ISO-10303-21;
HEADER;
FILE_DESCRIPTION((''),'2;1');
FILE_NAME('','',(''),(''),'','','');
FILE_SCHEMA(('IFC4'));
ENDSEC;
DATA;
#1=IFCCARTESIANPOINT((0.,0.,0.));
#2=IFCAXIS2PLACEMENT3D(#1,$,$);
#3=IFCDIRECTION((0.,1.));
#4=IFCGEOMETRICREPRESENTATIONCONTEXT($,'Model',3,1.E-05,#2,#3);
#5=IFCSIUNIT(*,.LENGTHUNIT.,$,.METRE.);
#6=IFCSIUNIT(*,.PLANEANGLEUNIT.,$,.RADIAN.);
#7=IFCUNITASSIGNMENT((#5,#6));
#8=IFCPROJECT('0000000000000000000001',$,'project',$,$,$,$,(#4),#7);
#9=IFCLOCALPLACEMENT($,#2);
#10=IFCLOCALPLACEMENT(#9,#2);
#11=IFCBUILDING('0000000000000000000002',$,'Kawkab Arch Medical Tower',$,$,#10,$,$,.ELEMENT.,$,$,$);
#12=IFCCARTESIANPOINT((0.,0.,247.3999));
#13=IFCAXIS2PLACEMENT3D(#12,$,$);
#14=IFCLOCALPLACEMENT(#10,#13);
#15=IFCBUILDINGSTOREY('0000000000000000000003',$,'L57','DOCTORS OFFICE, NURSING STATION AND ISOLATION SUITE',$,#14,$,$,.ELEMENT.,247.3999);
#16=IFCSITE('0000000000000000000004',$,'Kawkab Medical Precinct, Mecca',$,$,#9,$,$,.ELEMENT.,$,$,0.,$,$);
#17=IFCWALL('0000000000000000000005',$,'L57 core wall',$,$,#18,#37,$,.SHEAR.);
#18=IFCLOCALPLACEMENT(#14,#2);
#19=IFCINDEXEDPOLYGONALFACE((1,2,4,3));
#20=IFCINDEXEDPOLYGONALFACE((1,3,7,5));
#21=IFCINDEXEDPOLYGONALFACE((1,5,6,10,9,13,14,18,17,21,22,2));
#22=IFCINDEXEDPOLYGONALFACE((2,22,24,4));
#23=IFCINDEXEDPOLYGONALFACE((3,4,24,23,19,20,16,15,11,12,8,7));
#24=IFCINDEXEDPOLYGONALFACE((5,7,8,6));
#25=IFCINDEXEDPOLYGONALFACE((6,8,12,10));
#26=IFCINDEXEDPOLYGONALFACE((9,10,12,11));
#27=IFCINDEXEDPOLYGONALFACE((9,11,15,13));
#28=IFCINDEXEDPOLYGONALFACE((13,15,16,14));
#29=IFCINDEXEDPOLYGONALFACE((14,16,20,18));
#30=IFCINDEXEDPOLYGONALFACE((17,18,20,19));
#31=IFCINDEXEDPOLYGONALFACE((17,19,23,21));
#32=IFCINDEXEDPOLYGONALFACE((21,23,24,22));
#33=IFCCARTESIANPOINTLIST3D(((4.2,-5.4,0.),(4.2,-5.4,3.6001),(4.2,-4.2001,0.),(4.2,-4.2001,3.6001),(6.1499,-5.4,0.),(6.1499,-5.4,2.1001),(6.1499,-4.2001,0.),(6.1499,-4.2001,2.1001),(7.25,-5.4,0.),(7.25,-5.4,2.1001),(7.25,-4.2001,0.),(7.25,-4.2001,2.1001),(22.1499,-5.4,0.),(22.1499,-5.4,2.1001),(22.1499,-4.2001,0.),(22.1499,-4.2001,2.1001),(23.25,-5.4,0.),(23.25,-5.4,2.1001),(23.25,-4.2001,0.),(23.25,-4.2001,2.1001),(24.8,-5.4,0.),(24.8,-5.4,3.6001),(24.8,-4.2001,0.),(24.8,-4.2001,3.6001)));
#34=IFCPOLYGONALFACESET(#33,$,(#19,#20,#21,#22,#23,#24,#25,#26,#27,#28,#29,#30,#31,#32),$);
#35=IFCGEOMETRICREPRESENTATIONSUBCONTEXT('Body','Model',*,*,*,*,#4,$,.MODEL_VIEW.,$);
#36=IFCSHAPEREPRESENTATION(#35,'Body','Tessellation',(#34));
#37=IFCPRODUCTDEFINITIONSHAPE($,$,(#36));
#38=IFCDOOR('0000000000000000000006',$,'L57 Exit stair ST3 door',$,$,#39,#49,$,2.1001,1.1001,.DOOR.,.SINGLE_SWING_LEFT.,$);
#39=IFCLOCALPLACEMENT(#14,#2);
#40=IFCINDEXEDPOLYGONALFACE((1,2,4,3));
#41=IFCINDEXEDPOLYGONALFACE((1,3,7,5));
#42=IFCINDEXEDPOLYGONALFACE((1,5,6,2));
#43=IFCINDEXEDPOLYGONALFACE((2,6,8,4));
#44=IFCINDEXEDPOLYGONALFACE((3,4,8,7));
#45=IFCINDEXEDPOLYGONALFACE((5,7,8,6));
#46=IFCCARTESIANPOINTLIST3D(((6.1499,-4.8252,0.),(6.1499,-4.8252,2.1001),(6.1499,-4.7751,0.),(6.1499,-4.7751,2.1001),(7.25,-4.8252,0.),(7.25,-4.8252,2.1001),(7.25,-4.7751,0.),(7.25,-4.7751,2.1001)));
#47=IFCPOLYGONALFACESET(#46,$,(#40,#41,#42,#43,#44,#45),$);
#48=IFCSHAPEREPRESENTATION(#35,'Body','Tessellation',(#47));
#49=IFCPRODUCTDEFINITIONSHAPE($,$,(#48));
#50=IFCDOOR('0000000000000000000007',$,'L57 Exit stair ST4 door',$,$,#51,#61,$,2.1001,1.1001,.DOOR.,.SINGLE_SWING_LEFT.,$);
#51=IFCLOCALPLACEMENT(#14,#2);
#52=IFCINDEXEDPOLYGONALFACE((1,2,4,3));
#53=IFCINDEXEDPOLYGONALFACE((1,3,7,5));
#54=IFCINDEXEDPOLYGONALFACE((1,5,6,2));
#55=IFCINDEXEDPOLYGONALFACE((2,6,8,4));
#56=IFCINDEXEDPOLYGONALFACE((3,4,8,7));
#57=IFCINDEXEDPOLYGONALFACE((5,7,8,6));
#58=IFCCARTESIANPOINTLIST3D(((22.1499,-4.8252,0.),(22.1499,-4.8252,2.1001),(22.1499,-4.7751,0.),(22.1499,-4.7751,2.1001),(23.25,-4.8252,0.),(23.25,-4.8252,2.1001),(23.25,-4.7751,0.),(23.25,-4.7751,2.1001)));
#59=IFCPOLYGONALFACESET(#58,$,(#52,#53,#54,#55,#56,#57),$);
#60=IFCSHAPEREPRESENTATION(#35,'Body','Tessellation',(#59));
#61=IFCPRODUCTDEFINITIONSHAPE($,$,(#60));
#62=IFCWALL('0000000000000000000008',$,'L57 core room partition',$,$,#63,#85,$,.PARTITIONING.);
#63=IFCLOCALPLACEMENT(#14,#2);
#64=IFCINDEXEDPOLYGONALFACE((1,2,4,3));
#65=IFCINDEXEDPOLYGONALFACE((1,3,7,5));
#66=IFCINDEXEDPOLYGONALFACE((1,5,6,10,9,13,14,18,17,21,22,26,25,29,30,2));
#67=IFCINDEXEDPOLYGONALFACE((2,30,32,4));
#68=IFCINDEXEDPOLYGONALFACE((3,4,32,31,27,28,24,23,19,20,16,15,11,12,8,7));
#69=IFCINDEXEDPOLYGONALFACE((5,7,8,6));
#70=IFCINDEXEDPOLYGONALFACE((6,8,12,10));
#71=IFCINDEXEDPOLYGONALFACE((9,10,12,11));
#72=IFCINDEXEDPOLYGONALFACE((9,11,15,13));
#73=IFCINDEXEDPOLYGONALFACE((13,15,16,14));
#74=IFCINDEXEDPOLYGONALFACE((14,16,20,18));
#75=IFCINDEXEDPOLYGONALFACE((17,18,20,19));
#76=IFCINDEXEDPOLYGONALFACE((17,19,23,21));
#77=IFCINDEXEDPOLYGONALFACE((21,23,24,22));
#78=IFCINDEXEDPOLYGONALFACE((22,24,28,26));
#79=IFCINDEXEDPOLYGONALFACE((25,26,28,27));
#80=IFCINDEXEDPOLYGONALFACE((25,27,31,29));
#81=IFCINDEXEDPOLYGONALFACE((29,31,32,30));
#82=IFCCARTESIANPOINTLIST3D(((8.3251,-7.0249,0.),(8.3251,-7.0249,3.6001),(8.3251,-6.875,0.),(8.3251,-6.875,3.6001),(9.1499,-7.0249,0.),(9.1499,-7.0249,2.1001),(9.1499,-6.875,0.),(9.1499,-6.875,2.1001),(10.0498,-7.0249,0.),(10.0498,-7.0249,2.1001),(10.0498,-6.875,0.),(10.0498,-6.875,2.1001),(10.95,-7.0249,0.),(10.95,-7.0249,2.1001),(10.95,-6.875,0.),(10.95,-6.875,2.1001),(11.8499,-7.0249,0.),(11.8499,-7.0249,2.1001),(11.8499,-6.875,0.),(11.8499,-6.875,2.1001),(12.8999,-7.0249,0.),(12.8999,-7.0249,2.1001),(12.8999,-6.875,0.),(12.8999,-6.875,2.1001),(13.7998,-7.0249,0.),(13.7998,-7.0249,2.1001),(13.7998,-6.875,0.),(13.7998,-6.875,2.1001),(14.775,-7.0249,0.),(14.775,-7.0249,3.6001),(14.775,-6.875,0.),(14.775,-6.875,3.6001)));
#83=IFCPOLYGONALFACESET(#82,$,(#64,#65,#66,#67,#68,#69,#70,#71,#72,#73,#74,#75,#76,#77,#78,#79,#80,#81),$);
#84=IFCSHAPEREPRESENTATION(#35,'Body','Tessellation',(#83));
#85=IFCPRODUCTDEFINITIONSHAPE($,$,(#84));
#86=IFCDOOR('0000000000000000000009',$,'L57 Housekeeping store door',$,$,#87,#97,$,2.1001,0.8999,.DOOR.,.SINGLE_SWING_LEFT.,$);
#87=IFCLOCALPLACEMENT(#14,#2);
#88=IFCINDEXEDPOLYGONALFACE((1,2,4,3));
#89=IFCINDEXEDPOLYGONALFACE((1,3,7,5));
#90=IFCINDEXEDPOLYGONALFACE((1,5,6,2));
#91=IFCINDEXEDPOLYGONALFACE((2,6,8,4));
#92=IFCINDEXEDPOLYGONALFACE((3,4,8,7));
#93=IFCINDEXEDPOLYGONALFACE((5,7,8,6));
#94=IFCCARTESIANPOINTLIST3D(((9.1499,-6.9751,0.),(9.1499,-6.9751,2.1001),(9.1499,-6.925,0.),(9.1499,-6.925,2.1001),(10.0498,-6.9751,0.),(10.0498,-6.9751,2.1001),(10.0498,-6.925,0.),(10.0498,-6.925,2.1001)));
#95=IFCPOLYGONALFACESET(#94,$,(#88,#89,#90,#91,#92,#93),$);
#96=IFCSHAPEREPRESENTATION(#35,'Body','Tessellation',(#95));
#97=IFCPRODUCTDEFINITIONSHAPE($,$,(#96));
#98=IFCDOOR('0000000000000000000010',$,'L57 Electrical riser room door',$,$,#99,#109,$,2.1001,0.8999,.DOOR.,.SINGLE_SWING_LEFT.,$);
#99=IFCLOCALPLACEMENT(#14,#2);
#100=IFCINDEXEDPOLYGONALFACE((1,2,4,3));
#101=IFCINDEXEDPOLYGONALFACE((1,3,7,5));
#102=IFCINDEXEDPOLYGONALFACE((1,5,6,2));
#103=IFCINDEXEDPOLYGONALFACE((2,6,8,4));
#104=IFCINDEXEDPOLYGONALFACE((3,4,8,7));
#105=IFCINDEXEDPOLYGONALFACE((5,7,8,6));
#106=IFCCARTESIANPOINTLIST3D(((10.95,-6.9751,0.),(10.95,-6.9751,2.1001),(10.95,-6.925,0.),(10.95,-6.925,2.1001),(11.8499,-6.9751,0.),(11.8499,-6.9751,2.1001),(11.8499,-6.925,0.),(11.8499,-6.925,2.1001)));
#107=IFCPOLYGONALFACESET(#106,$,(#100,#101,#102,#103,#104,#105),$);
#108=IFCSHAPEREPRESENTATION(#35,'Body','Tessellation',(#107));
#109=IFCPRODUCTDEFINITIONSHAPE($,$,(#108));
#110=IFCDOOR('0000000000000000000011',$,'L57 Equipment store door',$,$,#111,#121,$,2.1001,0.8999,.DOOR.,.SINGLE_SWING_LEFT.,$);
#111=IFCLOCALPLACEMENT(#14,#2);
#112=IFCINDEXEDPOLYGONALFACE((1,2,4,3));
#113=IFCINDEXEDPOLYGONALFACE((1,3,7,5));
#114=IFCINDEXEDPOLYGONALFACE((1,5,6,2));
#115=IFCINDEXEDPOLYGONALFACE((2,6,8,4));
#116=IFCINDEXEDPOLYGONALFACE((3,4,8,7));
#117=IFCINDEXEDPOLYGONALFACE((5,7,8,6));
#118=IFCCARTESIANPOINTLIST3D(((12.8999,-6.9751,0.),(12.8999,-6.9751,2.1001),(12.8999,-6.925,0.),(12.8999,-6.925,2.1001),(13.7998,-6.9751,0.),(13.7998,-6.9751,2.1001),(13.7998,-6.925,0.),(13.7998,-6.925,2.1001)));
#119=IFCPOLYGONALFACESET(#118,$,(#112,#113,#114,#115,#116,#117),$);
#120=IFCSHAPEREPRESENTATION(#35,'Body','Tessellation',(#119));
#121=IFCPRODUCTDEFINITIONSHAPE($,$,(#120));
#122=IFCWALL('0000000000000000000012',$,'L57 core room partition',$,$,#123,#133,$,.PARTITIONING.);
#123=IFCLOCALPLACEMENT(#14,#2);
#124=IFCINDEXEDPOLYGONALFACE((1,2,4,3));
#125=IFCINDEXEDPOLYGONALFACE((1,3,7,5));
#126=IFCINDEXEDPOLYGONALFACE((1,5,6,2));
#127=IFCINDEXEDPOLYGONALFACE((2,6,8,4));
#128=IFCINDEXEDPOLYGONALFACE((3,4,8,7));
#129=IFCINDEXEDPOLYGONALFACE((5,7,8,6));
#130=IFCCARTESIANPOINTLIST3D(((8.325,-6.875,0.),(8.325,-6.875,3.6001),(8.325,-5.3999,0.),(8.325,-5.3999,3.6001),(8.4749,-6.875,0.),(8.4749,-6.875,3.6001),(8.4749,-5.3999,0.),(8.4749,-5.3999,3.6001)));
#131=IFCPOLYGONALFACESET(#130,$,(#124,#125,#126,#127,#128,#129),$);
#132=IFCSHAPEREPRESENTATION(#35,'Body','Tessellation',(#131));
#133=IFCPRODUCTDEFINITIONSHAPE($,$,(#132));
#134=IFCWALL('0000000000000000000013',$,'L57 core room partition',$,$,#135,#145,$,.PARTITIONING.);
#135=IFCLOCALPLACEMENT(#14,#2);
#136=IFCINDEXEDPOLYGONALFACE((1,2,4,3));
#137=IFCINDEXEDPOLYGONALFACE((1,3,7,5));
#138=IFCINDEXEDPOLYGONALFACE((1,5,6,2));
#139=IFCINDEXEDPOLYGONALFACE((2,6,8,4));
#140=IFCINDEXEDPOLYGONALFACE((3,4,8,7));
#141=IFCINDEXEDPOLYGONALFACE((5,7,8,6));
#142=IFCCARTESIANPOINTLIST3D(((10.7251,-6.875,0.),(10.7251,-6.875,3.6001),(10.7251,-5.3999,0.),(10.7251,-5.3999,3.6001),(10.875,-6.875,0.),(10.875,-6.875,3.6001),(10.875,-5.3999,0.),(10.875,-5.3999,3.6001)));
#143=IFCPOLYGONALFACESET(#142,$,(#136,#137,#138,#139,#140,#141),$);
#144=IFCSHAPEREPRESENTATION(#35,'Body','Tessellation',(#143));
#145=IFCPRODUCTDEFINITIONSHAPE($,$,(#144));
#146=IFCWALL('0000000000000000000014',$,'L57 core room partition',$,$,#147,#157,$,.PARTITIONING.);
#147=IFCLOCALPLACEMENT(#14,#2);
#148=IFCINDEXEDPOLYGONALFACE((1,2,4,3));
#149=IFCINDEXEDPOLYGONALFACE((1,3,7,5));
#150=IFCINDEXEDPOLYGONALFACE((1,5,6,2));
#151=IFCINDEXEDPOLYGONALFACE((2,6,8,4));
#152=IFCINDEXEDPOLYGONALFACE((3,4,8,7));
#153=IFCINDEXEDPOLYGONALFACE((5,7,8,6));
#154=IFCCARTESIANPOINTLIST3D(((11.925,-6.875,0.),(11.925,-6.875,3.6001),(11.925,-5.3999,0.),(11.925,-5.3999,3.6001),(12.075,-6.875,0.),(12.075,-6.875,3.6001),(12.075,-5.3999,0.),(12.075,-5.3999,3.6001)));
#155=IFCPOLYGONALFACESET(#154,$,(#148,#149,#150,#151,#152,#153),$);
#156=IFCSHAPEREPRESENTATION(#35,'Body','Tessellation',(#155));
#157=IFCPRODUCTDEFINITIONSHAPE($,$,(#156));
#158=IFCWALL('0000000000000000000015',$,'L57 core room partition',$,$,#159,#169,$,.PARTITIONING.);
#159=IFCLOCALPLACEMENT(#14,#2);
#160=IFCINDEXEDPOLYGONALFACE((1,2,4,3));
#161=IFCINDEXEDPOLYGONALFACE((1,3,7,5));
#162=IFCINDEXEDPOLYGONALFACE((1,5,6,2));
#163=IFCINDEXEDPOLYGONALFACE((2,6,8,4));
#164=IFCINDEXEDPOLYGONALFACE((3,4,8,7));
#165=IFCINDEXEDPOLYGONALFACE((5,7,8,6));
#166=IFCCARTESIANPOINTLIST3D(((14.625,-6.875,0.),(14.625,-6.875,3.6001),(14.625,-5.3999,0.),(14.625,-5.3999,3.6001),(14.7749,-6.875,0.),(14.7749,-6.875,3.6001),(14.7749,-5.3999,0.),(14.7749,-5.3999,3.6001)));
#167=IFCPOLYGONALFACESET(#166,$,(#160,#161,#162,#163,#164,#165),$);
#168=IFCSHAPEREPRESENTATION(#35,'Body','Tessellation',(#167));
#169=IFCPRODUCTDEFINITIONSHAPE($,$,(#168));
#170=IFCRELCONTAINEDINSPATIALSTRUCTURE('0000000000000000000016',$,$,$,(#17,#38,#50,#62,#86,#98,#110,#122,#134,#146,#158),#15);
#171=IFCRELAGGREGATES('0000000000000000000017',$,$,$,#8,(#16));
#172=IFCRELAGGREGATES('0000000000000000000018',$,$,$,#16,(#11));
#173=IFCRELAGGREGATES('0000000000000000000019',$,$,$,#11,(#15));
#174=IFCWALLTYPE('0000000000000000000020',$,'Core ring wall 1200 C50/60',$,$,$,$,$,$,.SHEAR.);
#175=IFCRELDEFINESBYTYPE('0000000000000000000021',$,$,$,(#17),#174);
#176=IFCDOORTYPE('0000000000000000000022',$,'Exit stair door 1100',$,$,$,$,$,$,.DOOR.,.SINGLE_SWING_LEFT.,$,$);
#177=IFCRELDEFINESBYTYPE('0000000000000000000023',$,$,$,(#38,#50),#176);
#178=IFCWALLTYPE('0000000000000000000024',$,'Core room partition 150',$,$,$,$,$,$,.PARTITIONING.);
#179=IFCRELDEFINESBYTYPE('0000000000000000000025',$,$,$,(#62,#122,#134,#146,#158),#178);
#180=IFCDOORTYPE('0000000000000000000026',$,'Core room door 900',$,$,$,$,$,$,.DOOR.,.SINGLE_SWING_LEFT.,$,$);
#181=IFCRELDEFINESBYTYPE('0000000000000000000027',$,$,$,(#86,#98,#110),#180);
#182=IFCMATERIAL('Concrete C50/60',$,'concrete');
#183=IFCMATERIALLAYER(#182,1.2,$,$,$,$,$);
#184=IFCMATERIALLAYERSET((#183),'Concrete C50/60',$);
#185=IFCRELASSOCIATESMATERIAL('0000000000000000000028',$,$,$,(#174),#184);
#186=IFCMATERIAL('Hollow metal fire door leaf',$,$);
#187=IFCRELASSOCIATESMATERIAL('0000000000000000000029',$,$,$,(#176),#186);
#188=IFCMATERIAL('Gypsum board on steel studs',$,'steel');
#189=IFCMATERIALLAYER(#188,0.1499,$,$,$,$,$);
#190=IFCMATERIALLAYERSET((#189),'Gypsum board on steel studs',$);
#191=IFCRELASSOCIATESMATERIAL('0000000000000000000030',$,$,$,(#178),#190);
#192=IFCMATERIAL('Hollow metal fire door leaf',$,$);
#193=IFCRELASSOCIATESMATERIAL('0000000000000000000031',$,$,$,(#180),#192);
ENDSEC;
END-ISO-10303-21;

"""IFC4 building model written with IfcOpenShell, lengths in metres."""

from ifc_helpers import new_model, si_unit, direction, frame, frame_2d, origin, place, context, subcontext, project, spatial, rectangle, extrude, material, layer, layer_set, type_object, element, fill, save


model = new_model("IFC4")

# Units and contexts
model_context = context("Model", 3, precision=1e-05, world=origin(), true_north=direction((0.0, 1.0)))
body_context = subcontext(model_context, "Body", "Model", "MODEL_VIEW")
ifc_project = project(units=[si_unit("LENGTHUNIT", "METRE"), si_unit("PLANEANGLEUNIT", "RADIAN")], contexts=[model_context])

# Site, building, storey
site_placement = place(None, origin())
site = spatial("IfcSite", under=ifc_project, at=site_placement, Name="Kawkab Medical Precinct, Mecca", CompositionType="ELEMENT", RefElevation=0.0)
building_placement = place(site_placement, origin())
building = spatial("IfcBuilding", under=site, at=building_placement, Name="Kawkab Arch Medical Tower", CompositionType="ELEMENT")
storey_placement = place(building_placement, frame((0.0, 0.0, 247.3999)))
storey = spatial("IfcBuildingStorey", under=building, at=storey_placement, Name="L57", Description="DOCTORS OFFICE, NURSING STATION AND ISOLATION SUITE", CompositionType="ELEMENT", Elevation=247.3999)

# Walls, openings, doors
ifc_material_1 = material(Name="Concrete C50/60", Category="concrete")
ifc_layer_1 = layer(ifc_material_1, 1.2)
ifc_layer_set_1 = layer_set([ifc_layer_1], Name="Concrete C50/60")
wall_type_1 = type_object("IfcWallType", Name="Core ring wall 1200 C50/60", PredefinedType="SHEAR", material=ifc_layer_set_1)
wall_1_placement = place(storey_placement, frame((4.2, -4.8, 0.0), z_axis=(0.0, 0.0, 1.0), x_axis=(1.0, 0.0, 0.0)))
wall_1 = element("IfcWall", 1, at=wall_1_placement, inside=storey, type_object=wall_type_1, Name="L57 core wall", PredefinedType="SHEAR", context=body_context, shape_type="SweptSolid", body=[
    extrude(rectangle(XDim=20.6001, YDim=1.2, at=frame_2d((10.3, 0.0))), origin(), (0.0, 0.0, 1.0), 3.6001),
])
opening_1_placement = place(wall_1_placement, frame((1.95, 0.0, 0.0)))
opening_1 = element("IfcOpeningElement", 2, at=opening_1_placement, cuts=wall_1, PredefinedType="OPENING", context=body_context, shape_type="SweptSolid", body=[
    extrude(rectangle(XDim=1.1001, YDim=2.1001, at=frame_2d((0.55, 1.05))), frame((0.0, 0.6099, 0.0), z_axis=(0.0, -1.0, 0.0), x_axis=(1.0, 0.0, 0.0)), (0.0, 0.0, 1.0), 1.22),
])
opening_2_placement = place(wall_1_placement, frame((17.95, 0.0, 0.0)))
opening_2 = element("IfcOpeningElement", 3, at=opening_2_placement, cuts=wall_1, PredefinedType="OPENING", context=body_context, shape_type="SweptSolid", body=[
    extrude(rectangle(XDim=1.1001, YDim=2.1001, at=frame_2d((0.55, 1.05))), frame((0.0, 0.6099, 0.0), z_axis=(0.0, -1.0, 0.0), x_axis=(1.0, 0.0, 0.0)), (0.0, 0.0, 1.0), 1.22),
])
ifc_material_2 = material(Name="Hollow metal fire door leaf")
door_type_1 = type_object("IfcDoorType", Name="Exit stair door 1100", OperationType="SINGLE_SWING_LEFT", PredefinedType="DOOR", material=ifc_material_2)
door_1_placement = place(opening_1_placement, origin())
door_1 = element("IfcDoor", 4, at=door_1_placement, inside=storey, type_object=door_type_1, Name="L57 Exit stair ST3 door", OperationType="SINGLE_SWING_LEFT", OverallHeight=2.1001, OverallWidth=1.1001, PredefinedType="DOOR", context=body_context, shape_type="SweptSolid", body=[
    extrude(rectangle(XDim=1.1001, YDim=2.1001, at=frame_2d((0.55, 1.05))), frame((0.0, 0.0249, 0.0), z_axis=(0.0, -1.0, 0.0), x_axis=(1.0, 0.0, 0.0)), (0.0, 0.0, 1.0), 0.05),
])
fill(opening_1, door_1)
door_2_placement = place(opening_2_placement, origin())
door_2 = element("IfcDoor", 5, at=door_2_placement, inside=storey, type_object=door_type_1, Name="L57 Exit stair ST4 door", OperationType="SINGLE_SWING_LEFT", OverallHeight=2.1001, OverallWidth=1.1001, PredefinedType="DOOR", context=body_context, shape_type="SweptSolid", body=[
    extrude(rectangle(XDim=1.1001, YDim=2.1001, at=frame_2d((0.55, 1.05))), frame((0.0, 0.0249, 0.0), z_axis=(0.0, -1.0, 0.0), x_axis=(1.0, 0.0, 0.0)), (0.0, 0.0, 1.0), 0.05),
])
fill(opening_2, door_2)
ifc_material_3 = material(Name="Gypsum board on steel studs", Category="steel")
ifc_layer_2 = layer(ifc_material_3, 0.1499)
ifc_layer_set_2 = layer_set([ifc_layer_2], Name="Gypsum board on steel studs")
wall_type_2 = type_object("IfcWallType", Name="Core room partition 150", PredefinedType="PARTITIONING", material=ifc_layer_set_2)
wall_2_placement = place(storey_placement, frame((8.325, -6.95, 0.0), z_axis=(0.0, 0.0, 1.0), x_axis=(1.0, 0.0, 0.0)))
wall_2 = element("IfcWall", 6, at=wall_2_placement, inside=storey, type_object=wall_type_2, Name="L57 core room partition", PredefinedType="PARTITIONING", context=body_context, shape_type="SweptSolid", body=[
    extrude(rectangle(XDim=6.45, YDim=0.1499, at=frame_2d((3.2251, 0.0))), origin(), (0.0, 0.0, 1.0), 3.6001),
])
opening_3_placement = place(wall_2_placement, frame((0.825, 0.0, 0.0)))
opening_3 = element("IfcOpeningElement", 7, at=opening_3_placement, cuts=wall_2, PredefinedType="OPENING", context=body_context, shape_type="SweptSolid", body=[
    extrude(rectangle(XDim=0.8999, YDim=2.1001, at=frame_2d((0.45, 1.05))), frame((0.0, 0.085, 0.0), z_axis=(0.0, -1.0, 0.0), x_axis=(1.0, 0.0, 0.0)), (0.0, 0.0, 1.0), 0.1699),
])
opening_4_placement = place(wall_2_placement, frame((2.625, 0.0, 0.0)))
opening_4 = element("IfcOpeningElement", 8, at=opening_4_placement, cuts=wall_2, PredefinedType="OPENING", context=body_context, shape_type="SweptSolid", body=[
    extrude(rectangle(XDim=0.8999, YDim=2.1001, at=frame_2d((0.45, 1.05))), frame((0.0, 0.085, 0.0), z_axis=(0.0, -1.0, 0.0), x_axis=(1.0, 0.0, 0.0)), (0.0, 0.0, 1.0), 0.1699),
])
opening_5_placement = place(wall_2_placement, frame((4.575, 0.0, 0.0)))
opening_5 = element("IfcOpeningElement", 9, at=opening_5_placement, cuts=wall_2, PredefinedType="OPENING", context=body_context, shape_type="SweptSolid", body=[
    extrude(rectangle(XDim=0.8999, YDim=2.1001, at=frame_2d((0.45, 1.05))), frame((0.0, 0.085, 0.0), z_axis=(0.0, -1.0, 0.0), x_axis=(1.0, 0.0, 0.0)), (0.0, 0.0, 1.0), 0.1699),
])
ifc_material_4 = material(Name="Hollow metal fire door leaf")
door_type_2 = type_object("IfcDoorType", Name="Core room door 900", OperationType="SINGLE_SWING_LEFT", PredefinedType="DOOR", material=ifc_material_4)
door_3_placement = place(opening_3_placement, origin())
door_3 = element("IfcDoor", 10, at=door_3_placement, inside=storey, type_object=door_type_2, Name="L57 Housekeeping store door", OperationType="SINGLE_SWING_LEFT", OverallHeight=2.1001, OverallWidth=0.8999, PredefinedType="DOOR", context=body_context, shape_type="SweptSolid", body=[
    extrude(rectangle(XDim=0.8999, YDim=2.1001, at=frame_2d((0.45, 1.05))), frame((0.0, 0.0249, 0.0), z_axis=(0.0, -1.0, 0.0), x_axis=(1.0, 0.0, 0.0)), (0.0, 0.0, 1.0), 0.05),
])
fill(opening_3, door_3)
door_4_placement = place(opening_4_placement, origin())
door_4 = element("IfcDoor", 11, at=door_4_placement, inside=storey, type_object=door_type_2, Name="L57 Electrical riser room door", OperationType="SINGLE_SWING_LEFT", OverallHeight=2.1001, OverallWidth=0.8999, PredefinedType="DOOR", context=body_context, shape_type="SweptSolid", body=[
    extrude(rectangle(XDim=0.8999, YDim=2.1001, at=frame_2d((0.45, 1.05))), frame((0.0, 0.0249, 0.0), z_axis=(0.0, -1.0, 0.0), x_axis=(1.0, 0.0, 0.0)), (0.0, 0.0, 1.0), 0.05),
])
fill(opening_4, door_4)
door_5_placement = place(opening_5_placement, origin())
door_5 = element("IfcDoor", 12, at=door_5_placement, inside=storey, type_object=door_type_2, Name="L57 Equipment store door", OperationType="SINGLE_SWING_LEFT", OverallHeight=2.1001, OverallWidth=0.8999, PredefinedType="DOOR", context=body_context, shape_type="SweptSolid", body=[
    extrude(rectangle(XDim=0.8999, YDim=2.1001, at=frame_2d((0.45, 1.05))), frame((0.0, 0.0249, 0.0), z_axis=(0.0, -1.0, 0.0), x_axis=(1.0, 0.0, 0.0)), (0.0, 0.0, 1.0), 0.05),
])
fill(opening_5, door_5)

# Walls
for number, where, z_axis, x_axis, name in (
    (13, (8.3999, -6.875, 0.0), (0.0, 0.0, 1.0), (0.0, 1.0, 0.0), "L57 core room partition"),
    (14, (10.8, -6.875, 0.0), (0.0, 0.0, 1.0), (0.0, 1.0, 0.0), "L57 core room partition"),
    (15, (12.0, -6.875, 0.0), (0.0, 0.0, 1.0), (0.0, 1.0, 0.0), "L57 core room partition"),
    (16, (14.7, -6.875, 0.0), (0.0, 0.0, 1.0), (0.0, 1.0, 0.0), "L57 core room partition"),
):
    element("IfcWall", number, at=place(storey_placement, frame(where, z_axis=z_axis, x_axis=x_axis)), inside=storey, type_object=wall_type_2, Name=name, PredefinedType="PARTITIONING", context=body_context, shape_type="SweptSolid", body=[
        extrude(rectangle(XDim=1.4751, YDim=0.1499, at=frame_2d((0.7375, 0.0))), origin(), (0.0, 0.0, 1.0), 3.6001),
    ])

save(model, "model.ifc")
